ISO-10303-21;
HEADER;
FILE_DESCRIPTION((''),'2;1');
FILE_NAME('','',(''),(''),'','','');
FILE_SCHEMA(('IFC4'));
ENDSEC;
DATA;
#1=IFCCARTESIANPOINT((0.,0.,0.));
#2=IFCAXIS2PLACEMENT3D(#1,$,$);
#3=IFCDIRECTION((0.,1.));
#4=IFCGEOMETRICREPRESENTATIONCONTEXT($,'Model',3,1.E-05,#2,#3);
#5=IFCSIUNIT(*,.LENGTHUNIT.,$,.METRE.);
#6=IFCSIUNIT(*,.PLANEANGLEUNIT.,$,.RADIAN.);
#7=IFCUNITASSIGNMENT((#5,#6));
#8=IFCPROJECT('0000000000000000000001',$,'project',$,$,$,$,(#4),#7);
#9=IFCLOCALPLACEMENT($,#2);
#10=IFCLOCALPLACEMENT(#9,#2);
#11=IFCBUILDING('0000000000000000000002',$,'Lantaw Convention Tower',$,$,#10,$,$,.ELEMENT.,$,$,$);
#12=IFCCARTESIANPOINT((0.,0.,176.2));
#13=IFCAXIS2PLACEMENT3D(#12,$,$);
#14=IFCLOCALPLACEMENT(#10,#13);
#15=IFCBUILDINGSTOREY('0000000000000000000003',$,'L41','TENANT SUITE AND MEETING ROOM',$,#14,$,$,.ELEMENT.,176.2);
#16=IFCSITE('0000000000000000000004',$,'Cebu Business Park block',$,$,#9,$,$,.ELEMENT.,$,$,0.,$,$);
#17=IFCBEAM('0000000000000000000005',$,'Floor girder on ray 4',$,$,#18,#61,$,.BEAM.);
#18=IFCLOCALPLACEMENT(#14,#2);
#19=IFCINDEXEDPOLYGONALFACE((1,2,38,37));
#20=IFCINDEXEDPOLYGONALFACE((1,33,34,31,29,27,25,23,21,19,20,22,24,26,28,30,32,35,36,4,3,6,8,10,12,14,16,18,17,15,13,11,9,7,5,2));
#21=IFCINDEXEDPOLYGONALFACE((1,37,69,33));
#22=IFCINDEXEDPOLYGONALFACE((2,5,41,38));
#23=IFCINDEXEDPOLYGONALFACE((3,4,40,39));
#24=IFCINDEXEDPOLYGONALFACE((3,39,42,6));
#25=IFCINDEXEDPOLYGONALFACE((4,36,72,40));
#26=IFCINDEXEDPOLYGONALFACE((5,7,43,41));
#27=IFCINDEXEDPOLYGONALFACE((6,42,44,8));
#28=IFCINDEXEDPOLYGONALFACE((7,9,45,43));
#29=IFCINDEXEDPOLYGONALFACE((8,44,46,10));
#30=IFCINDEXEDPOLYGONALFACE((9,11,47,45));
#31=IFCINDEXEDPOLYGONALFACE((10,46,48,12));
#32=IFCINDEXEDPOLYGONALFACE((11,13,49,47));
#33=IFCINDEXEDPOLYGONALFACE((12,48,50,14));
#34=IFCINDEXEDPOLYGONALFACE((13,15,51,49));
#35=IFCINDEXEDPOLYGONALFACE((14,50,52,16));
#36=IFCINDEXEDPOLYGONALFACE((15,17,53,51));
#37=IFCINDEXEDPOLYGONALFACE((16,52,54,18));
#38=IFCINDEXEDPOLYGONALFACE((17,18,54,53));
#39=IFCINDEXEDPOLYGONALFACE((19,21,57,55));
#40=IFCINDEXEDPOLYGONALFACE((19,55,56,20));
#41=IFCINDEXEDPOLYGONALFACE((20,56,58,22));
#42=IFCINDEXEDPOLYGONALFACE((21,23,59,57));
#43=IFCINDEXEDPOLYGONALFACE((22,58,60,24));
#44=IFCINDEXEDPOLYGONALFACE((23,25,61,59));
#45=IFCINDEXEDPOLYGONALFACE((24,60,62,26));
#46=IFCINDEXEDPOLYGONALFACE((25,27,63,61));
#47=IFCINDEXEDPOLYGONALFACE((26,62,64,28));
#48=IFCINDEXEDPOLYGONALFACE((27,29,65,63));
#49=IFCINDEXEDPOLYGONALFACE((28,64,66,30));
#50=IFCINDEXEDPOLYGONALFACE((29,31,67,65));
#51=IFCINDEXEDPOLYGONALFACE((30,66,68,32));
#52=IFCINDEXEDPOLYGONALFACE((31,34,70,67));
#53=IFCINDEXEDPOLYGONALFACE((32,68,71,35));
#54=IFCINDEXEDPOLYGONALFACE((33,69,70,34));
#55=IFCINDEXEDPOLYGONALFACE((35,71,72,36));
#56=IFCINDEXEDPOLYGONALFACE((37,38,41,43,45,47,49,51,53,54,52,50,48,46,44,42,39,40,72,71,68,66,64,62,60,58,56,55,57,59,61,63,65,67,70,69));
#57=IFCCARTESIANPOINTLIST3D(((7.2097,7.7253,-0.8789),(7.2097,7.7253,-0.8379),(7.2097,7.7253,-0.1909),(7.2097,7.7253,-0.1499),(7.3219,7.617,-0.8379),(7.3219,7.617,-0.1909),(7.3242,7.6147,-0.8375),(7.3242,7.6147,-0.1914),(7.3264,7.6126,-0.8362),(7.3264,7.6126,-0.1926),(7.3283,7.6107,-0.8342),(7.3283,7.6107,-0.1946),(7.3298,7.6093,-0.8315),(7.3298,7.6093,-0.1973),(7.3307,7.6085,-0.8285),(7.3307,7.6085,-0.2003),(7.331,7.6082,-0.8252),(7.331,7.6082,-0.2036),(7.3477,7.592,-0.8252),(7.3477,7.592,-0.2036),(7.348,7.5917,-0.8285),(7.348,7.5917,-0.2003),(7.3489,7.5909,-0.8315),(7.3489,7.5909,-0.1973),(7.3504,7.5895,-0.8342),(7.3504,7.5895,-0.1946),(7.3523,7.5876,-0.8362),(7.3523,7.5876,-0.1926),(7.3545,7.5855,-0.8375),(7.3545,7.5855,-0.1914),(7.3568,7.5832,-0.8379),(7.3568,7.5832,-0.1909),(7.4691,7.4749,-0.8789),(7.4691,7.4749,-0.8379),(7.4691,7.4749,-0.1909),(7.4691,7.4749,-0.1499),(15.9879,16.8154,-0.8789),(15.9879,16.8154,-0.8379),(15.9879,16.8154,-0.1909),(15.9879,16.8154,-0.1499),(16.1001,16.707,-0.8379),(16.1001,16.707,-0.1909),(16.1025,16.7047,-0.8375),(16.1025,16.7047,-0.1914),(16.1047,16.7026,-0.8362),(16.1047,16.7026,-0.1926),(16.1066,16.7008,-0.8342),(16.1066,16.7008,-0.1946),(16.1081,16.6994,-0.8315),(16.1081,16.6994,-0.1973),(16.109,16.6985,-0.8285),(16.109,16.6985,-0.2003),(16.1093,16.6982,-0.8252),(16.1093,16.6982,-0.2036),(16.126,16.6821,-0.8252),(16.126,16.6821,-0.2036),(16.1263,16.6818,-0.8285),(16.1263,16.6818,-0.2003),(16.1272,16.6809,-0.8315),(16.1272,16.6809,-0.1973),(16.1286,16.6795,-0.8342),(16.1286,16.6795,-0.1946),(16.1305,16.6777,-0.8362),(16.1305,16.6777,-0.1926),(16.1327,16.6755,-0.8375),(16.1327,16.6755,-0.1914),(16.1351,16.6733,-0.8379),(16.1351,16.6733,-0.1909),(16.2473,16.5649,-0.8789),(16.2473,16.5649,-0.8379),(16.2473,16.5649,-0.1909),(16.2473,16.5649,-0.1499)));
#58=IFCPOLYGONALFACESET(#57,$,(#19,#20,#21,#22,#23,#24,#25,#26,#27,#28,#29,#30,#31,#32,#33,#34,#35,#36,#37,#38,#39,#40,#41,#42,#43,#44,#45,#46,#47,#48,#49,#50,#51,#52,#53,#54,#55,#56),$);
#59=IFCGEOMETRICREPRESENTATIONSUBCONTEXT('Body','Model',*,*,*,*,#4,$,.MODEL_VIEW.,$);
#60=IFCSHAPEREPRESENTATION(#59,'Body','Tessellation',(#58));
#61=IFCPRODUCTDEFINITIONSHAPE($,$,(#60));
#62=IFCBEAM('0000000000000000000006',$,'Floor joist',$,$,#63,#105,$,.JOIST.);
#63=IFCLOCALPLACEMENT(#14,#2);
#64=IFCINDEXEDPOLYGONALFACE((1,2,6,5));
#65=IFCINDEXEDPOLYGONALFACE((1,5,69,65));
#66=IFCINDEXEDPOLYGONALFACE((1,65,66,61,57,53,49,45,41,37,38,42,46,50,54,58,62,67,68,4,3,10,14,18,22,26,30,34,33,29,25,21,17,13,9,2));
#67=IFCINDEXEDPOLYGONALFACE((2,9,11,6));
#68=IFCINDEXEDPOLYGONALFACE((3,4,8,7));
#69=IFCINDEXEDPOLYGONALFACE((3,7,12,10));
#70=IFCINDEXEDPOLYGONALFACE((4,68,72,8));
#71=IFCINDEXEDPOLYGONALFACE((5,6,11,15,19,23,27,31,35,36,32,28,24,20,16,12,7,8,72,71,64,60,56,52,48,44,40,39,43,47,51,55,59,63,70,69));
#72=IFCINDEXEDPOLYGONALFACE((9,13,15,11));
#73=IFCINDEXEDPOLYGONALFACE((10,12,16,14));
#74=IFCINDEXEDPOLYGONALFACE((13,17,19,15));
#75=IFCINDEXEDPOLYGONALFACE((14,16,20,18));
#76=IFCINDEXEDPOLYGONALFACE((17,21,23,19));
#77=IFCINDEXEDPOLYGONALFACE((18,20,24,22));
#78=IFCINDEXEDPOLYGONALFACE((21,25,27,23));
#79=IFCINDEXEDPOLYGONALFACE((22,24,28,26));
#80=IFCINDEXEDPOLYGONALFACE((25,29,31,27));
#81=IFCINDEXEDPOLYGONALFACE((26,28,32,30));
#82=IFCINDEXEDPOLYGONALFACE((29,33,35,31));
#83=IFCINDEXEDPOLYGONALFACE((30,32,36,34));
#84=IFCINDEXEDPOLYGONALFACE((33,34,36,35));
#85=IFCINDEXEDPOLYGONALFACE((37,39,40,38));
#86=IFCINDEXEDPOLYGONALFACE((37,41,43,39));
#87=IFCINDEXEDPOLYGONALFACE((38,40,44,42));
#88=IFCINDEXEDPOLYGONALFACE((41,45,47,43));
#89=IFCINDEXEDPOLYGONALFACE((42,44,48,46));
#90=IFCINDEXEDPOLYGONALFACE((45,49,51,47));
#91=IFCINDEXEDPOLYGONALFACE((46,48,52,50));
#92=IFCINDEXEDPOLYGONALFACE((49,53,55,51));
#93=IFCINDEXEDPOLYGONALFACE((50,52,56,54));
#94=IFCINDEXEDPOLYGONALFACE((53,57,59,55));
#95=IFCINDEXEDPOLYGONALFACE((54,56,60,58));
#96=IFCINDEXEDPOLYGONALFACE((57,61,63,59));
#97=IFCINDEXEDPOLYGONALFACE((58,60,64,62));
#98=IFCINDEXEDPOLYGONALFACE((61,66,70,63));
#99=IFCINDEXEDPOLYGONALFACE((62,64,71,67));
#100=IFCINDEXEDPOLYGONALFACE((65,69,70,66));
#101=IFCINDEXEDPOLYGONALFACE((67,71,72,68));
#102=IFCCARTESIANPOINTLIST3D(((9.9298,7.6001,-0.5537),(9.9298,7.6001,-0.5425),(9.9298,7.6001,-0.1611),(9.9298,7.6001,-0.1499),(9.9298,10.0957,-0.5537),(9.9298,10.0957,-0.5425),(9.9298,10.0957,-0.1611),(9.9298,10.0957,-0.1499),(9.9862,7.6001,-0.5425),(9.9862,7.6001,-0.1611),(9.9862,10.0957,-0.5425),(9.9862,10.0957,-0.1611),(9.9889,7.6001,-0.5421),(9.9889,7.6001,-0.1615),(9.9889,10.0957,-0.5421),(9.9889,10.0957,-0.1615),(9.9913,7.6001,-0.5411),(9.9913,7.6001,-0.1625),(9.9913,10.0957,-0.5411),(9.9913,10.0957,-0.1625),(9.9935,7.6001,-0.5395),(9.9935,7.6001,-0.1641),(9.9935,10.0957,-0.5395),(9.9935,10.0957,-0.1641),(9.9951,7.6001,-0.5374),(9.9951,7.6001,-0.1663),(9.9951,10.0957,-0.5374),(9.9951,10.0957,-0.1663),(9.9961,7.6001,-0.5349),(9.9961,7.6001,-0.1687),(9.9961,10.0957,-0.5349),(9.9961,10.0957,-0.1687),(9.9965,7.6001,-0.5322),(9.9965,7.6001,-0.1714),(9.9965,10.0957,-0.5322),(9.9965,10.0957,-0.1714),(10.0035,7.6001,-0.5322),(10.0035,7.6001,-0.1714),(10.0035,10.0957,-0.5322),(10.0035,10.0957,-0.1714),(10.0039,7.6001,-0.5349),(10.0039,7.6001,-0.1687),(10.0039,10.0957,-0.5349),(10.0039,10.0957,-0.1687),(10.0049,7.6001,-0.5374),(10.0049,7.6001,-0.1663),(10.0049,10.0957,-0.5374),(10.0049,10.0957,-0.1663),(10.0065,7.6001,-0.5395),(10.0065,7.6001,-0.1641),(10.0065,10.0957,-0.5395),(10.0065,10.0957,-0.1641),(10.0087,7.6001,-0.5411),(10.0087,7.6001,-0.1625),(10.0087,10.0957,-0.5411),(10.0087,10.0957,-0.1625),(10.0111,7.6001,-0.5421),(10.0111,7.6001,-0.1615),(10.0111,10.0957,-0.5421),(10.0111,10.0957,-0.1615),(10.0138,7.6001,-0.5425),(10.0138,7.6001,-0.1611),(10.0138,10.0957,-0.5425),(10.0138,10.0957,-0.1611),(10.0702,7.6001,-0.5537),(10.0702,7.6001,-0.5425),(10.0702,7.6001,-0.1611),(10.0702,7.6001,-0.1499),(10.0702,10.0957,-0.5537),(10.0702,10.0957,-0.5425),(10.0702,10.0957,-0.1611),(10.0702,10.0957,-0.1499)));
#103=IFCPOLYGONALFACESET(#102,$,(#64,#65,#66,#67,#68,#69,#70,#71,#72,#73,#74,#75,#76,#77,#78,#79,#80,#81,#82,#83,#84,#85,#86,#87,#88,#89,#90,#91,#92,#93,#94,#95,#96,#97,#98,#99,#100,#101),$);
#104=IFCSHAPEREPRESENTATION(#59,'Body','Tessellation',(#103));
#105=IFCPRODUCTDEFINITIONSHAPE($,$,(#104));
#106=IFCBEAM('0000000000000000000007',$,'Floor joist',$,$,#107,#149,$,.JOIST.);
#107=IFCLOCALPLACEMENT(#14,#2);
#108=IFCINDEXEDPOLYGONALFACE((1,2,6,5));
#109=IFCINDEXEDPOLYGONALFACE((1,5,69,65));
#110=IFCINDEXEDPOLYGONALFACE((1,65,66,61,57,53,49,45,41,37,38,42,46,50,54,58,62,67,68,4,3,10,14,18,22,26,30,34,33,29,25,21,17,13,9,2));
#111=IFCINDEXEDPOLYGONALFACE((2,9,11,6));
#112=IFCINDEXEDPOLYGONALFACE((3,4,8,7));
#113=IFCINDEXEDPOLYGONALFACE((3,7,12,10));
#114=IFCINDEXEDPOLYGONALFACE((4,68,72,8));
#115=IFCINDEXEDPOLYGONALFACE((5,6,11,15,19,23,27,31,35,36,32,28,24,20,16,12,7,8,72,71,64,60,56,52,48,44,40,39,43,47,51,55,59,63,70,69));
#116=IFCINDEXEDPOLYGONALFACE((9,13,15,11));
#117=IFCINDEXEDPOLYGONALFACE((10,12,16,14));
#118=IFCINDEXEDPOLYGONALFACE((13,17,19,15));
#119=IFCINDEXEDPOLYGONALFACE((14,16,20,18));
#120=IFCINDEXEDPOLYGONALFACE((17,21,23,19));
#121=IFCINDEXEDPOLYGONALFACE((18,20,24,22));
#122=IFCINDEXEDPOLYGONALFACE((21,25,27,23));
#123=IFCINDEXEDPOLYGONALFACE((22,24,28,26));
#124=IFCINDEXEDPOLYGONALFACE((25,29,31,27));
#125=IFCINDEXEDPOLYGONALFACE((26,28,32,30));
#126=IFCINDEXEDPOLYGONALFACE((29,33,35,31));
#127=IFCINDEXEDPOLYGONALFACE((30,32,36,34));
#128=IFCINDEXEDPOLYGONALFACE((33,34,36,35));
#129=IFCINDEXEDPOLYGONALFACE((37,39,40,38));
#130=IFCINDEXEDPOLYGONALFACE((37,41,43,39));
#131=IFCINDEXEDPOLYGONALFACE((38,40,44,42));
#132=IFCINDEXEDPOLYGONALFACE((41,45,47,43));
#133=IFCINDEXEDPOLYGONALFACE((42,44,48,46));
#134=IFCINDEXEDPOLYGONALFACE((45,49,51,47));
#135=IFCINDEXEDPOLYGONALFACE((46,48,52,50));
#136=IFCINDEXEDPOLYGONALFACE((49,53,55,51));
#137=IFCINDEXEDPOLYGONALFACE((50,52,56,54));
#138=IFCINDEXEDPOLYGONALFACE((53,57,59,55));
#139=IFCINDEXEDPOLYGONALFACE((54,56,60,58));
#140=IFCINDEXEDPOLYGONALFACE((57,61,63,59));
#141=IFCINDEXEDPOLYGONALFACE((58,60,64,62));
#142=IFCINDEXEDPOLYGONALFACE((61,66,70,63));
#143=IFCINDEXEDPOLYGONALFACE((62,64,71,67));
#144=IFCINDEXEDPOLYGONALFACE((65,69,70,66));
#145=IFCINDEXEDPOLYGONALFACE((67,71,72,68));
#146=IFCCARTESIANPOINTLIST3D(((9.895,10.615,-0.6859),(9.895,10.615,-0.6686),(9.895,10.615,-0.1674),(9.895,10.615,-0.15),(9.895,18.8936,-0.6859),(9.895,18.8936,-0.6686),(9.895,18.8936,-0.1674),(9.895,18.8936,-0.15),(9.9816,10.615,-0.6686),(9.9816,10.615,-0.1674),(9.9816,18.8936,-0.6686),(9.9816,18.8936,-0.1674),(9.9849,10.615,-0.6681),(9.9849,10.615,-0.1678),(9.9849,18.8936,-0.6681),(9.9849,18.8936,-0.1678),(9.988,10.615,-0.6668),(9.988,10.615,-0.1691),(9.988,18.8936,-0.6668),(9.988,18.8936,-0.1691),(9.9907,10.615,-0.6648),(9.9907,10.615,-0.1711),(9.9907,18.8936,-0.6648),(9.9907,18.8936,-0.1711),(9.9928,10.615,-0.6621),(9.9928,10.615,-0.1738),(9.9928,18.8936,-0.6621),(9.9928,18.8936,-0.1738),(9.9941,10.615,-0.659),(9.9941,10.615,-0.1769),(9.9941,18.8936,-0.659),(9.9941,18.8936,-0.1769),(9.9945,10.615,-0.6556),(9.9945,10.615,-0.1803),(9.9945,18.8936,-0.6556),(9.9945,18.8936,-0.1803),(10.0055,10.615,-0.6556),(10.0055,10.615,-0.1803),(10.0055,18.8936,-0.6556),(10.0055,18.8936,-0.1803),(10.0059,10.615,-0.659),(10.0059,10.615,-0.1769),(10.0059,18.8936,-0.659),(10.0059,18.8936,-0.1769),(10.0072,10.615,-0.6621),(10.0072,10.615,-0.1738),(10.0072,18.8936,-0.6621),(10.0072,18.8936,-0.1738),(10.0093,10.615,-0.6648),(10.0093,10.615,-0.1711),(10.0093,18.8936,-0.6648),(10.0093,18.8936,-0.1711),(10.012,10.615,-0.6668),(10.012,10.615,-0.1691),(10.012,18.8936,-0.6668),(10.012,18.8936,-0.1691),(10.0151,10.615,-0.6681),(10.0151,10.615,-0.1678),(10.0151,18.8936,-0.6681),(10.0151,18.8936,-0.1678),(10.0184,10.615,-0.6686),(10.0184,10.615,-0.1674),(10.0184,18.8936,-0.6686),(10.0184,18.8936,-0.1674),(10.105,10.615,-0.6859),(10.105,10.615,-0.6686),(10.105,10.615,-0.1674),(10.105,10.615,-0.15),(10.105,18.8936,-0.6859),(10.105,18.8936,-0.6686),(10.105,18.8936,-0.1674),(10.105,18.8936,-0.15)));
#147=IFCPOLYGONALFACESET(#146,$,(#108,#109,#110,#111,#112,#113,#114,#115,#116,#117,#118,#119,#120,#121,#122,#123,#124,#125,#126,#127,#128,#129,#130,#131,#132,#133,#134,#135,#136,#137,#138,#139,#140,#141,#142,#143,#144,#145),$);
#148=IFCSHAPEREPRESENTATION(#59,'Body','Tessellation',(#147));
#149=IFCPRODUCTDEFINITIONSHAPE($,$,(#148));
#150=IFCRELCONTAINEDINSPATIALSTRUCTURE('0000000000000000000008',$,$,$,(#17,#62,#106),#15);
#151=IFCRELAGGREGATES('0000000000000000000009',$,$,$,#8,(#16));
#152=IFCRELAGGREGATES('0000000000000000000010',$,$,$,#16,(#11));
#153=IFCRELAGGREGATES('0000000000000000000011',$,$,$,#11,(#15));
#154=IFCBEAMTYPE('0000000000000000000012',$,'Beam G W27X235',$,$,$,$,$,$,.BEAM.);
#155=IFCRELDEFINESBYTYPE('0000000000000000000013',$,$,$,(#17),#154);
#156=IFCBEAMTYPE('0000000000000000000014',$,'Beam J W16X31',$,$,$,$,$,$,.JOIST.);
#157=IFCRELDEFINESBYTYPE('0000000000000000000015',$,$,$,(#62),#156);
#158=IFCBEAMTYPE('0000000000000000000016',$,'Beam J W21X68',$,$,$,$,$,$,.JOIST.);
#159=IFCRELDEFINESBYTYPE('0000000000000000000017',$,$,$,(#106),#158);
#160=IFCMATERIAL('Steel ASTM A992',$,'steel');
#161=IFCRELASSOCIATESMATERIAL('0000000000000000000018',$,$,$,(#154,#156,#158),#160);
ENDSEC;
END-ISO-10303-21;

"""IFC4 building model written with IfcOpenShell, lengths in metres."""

from ifc_helpers import new_model, si_unit, direction, frame, origin, origin_2d, place, context, subcontext, project, spatial, i_section, extrude, material, material_profile, profile_set, type_object, element, save


model = new_model("IFC4")

# Units and contexts
model_context = context("Model", 3, precision=1e-05, world=origin(), true_north=direction((0.0, 1.0)))
body_context = subcontext(model_context, "Body", "Model", "MODEL_VIEW")
ifc_project = project(units=[si_unit("LENGTHUNIT", "METRE"), si_unit("PLANEANGLEUNIT", "RADIAN")], contexts=[model_context])

# Site, building, storey
site_placement = place(None, origin())
site = spatial("IfcSite", under=ifc_project, at=site_placement, Name="Cebu Business Park block", CompositionType="ELEMENT", RefElevation=0.0)
building_placement = place(site_placement, origin())
building = spatial("IfcBuilding", under=site, at=building_placement, Name="Lantaw Convention Tower", CompositionType="ELEMENT")
storey_placement = place(building_placement, frame((0.0, 0.0, 176.2)))
storey = spatial("IfcBuildingStorey", under=building, at=storey_placement, Name="L41", Description="TENANT SUITE AND MEETING ROOM", CompositionType="ELEMENT", Elevation=176.2)

# Beams
ifc_material_1 = material(Name="Steel ASTM A992", Category="steel")
ifc_material_profile_1 = material_profile(ifc_material_1, i_section(OverallWidth=0.3606, OverallDepth=0.729, WebThickness=0.0232, FlangeThickness=0.041, FilletRadius=0.0127, at=origin_2d()), Name="W27X235")
ifc_profile_set_1 = profile_set([ifc_material_profile_1], Name="Steel ASTM A992")
beam_type_1 = type_object("IfcBeamType", Name="Beam G W27X235", PredefinedType="BEAM", material=ifc_profile_set_1)
beam_1_placement = place(storey_placement, frame((7.3394, 7.6001, -0.5144), z_axis=(0.694663, 0.719335, 0.0), x_axis=(-0.719335, 0.694663, 0.0)))
element("IfcBeam", 1, at=beam_1_placement, inside=storey, type_object=beam_type_1, Name="Floor girder on ray 4", PredefinedType="BEAM", context=body_context, shape_type="SweptSolid", body=[
    extrude(i_section(OverallWidth=0.3606, OverallDepth=0.729, WebThickness=0.0232, FlangeThickness=0.041, FilletRadius=0.0127, at=origin_2d()), origin(), (0.0, 0.0, 1.0), 12.6367),
])
ifc_material_profile_2 = material_profile(ifc_material_1, i_section(OverallWidth=0.1404, OverallDepth=0.4038, WebThickness=0.0071, FlangeThickness=0.0112, FilletRadius=0.0103, at=origin_2d()), Name="W16X31")
ifc_profile_set_2 = profile_set([ifc_material_profile_2], Name="Steel ASTM A992")
beam_type_2 = type_object("IfcBeamType", Name="Beam J W16X31", PredefinedType="JOIST", material=ifc_profile_set_2)
beam_2_placement = place(storey_placement, frame((10.0, 7.6001, -0.3518), z_axis=(0.0, 1.0, 0.0), x_axis=(-1.0, 0.0, 0.0)))
element("IfcBeam", 2, at=beam_2_placement, inside=storey, type_object=beam_type_2, Name="Floor joist", PredefinedType="JOIST", context=body_context, shape_type="SweptSolid", body=[
    extrude(i_section(OverallWidth=0.1404, OverallDepth=0.4038, WebThickness=0.0071, FlangeThickness=0.0112, FilletRadius=0.0103, at=origin_2d()), origin(), (0.0, 0.0, 1.0), 2.4956),
])
ifc_material_profile_3 = material_profile(ifc_material_1, i_section(OverallWidth=0.21, OverallDepth=0.5359, WebThickness=0.011, FlangeThickness=0.0173, FilletRadius=0.0129, at=origin_2d()), Name="W21X68")
ifc_profile_set_3 = profile_set([ifc_material_profile_3], Name="Steel ASTM A992")
beam_type_3 = type_object("IfcBeamType", Name="Beam J W21X68", PredefinedType="JOIST", material=ifc_profile_set_3)
beam_3_placement = place(storey_placement, frame((10.0, 10.615, -0.418), z_axis=(0.0, 1.0, 0.0), x_axis=(-1.0, 0.0, 0.0)))
element("IfcBeam", 3, at=beam_3_placement, inside=storey, type_object=beam_type_3, Name="Floor joist", PredefinedType="JOIST", context=body_context, shape_type="SweptSolid", body=[
    extrude(i_section(OverallWidth=0.21, OverallDepth=0.5359, WebThickness=0.011, FlangeThickness=0.0173, FilletRadius=0.0129, at=origin_2d()), origin(), (0.0, 0.0, 1.0), 8.2786),
])

save(model, "model.ifc")
